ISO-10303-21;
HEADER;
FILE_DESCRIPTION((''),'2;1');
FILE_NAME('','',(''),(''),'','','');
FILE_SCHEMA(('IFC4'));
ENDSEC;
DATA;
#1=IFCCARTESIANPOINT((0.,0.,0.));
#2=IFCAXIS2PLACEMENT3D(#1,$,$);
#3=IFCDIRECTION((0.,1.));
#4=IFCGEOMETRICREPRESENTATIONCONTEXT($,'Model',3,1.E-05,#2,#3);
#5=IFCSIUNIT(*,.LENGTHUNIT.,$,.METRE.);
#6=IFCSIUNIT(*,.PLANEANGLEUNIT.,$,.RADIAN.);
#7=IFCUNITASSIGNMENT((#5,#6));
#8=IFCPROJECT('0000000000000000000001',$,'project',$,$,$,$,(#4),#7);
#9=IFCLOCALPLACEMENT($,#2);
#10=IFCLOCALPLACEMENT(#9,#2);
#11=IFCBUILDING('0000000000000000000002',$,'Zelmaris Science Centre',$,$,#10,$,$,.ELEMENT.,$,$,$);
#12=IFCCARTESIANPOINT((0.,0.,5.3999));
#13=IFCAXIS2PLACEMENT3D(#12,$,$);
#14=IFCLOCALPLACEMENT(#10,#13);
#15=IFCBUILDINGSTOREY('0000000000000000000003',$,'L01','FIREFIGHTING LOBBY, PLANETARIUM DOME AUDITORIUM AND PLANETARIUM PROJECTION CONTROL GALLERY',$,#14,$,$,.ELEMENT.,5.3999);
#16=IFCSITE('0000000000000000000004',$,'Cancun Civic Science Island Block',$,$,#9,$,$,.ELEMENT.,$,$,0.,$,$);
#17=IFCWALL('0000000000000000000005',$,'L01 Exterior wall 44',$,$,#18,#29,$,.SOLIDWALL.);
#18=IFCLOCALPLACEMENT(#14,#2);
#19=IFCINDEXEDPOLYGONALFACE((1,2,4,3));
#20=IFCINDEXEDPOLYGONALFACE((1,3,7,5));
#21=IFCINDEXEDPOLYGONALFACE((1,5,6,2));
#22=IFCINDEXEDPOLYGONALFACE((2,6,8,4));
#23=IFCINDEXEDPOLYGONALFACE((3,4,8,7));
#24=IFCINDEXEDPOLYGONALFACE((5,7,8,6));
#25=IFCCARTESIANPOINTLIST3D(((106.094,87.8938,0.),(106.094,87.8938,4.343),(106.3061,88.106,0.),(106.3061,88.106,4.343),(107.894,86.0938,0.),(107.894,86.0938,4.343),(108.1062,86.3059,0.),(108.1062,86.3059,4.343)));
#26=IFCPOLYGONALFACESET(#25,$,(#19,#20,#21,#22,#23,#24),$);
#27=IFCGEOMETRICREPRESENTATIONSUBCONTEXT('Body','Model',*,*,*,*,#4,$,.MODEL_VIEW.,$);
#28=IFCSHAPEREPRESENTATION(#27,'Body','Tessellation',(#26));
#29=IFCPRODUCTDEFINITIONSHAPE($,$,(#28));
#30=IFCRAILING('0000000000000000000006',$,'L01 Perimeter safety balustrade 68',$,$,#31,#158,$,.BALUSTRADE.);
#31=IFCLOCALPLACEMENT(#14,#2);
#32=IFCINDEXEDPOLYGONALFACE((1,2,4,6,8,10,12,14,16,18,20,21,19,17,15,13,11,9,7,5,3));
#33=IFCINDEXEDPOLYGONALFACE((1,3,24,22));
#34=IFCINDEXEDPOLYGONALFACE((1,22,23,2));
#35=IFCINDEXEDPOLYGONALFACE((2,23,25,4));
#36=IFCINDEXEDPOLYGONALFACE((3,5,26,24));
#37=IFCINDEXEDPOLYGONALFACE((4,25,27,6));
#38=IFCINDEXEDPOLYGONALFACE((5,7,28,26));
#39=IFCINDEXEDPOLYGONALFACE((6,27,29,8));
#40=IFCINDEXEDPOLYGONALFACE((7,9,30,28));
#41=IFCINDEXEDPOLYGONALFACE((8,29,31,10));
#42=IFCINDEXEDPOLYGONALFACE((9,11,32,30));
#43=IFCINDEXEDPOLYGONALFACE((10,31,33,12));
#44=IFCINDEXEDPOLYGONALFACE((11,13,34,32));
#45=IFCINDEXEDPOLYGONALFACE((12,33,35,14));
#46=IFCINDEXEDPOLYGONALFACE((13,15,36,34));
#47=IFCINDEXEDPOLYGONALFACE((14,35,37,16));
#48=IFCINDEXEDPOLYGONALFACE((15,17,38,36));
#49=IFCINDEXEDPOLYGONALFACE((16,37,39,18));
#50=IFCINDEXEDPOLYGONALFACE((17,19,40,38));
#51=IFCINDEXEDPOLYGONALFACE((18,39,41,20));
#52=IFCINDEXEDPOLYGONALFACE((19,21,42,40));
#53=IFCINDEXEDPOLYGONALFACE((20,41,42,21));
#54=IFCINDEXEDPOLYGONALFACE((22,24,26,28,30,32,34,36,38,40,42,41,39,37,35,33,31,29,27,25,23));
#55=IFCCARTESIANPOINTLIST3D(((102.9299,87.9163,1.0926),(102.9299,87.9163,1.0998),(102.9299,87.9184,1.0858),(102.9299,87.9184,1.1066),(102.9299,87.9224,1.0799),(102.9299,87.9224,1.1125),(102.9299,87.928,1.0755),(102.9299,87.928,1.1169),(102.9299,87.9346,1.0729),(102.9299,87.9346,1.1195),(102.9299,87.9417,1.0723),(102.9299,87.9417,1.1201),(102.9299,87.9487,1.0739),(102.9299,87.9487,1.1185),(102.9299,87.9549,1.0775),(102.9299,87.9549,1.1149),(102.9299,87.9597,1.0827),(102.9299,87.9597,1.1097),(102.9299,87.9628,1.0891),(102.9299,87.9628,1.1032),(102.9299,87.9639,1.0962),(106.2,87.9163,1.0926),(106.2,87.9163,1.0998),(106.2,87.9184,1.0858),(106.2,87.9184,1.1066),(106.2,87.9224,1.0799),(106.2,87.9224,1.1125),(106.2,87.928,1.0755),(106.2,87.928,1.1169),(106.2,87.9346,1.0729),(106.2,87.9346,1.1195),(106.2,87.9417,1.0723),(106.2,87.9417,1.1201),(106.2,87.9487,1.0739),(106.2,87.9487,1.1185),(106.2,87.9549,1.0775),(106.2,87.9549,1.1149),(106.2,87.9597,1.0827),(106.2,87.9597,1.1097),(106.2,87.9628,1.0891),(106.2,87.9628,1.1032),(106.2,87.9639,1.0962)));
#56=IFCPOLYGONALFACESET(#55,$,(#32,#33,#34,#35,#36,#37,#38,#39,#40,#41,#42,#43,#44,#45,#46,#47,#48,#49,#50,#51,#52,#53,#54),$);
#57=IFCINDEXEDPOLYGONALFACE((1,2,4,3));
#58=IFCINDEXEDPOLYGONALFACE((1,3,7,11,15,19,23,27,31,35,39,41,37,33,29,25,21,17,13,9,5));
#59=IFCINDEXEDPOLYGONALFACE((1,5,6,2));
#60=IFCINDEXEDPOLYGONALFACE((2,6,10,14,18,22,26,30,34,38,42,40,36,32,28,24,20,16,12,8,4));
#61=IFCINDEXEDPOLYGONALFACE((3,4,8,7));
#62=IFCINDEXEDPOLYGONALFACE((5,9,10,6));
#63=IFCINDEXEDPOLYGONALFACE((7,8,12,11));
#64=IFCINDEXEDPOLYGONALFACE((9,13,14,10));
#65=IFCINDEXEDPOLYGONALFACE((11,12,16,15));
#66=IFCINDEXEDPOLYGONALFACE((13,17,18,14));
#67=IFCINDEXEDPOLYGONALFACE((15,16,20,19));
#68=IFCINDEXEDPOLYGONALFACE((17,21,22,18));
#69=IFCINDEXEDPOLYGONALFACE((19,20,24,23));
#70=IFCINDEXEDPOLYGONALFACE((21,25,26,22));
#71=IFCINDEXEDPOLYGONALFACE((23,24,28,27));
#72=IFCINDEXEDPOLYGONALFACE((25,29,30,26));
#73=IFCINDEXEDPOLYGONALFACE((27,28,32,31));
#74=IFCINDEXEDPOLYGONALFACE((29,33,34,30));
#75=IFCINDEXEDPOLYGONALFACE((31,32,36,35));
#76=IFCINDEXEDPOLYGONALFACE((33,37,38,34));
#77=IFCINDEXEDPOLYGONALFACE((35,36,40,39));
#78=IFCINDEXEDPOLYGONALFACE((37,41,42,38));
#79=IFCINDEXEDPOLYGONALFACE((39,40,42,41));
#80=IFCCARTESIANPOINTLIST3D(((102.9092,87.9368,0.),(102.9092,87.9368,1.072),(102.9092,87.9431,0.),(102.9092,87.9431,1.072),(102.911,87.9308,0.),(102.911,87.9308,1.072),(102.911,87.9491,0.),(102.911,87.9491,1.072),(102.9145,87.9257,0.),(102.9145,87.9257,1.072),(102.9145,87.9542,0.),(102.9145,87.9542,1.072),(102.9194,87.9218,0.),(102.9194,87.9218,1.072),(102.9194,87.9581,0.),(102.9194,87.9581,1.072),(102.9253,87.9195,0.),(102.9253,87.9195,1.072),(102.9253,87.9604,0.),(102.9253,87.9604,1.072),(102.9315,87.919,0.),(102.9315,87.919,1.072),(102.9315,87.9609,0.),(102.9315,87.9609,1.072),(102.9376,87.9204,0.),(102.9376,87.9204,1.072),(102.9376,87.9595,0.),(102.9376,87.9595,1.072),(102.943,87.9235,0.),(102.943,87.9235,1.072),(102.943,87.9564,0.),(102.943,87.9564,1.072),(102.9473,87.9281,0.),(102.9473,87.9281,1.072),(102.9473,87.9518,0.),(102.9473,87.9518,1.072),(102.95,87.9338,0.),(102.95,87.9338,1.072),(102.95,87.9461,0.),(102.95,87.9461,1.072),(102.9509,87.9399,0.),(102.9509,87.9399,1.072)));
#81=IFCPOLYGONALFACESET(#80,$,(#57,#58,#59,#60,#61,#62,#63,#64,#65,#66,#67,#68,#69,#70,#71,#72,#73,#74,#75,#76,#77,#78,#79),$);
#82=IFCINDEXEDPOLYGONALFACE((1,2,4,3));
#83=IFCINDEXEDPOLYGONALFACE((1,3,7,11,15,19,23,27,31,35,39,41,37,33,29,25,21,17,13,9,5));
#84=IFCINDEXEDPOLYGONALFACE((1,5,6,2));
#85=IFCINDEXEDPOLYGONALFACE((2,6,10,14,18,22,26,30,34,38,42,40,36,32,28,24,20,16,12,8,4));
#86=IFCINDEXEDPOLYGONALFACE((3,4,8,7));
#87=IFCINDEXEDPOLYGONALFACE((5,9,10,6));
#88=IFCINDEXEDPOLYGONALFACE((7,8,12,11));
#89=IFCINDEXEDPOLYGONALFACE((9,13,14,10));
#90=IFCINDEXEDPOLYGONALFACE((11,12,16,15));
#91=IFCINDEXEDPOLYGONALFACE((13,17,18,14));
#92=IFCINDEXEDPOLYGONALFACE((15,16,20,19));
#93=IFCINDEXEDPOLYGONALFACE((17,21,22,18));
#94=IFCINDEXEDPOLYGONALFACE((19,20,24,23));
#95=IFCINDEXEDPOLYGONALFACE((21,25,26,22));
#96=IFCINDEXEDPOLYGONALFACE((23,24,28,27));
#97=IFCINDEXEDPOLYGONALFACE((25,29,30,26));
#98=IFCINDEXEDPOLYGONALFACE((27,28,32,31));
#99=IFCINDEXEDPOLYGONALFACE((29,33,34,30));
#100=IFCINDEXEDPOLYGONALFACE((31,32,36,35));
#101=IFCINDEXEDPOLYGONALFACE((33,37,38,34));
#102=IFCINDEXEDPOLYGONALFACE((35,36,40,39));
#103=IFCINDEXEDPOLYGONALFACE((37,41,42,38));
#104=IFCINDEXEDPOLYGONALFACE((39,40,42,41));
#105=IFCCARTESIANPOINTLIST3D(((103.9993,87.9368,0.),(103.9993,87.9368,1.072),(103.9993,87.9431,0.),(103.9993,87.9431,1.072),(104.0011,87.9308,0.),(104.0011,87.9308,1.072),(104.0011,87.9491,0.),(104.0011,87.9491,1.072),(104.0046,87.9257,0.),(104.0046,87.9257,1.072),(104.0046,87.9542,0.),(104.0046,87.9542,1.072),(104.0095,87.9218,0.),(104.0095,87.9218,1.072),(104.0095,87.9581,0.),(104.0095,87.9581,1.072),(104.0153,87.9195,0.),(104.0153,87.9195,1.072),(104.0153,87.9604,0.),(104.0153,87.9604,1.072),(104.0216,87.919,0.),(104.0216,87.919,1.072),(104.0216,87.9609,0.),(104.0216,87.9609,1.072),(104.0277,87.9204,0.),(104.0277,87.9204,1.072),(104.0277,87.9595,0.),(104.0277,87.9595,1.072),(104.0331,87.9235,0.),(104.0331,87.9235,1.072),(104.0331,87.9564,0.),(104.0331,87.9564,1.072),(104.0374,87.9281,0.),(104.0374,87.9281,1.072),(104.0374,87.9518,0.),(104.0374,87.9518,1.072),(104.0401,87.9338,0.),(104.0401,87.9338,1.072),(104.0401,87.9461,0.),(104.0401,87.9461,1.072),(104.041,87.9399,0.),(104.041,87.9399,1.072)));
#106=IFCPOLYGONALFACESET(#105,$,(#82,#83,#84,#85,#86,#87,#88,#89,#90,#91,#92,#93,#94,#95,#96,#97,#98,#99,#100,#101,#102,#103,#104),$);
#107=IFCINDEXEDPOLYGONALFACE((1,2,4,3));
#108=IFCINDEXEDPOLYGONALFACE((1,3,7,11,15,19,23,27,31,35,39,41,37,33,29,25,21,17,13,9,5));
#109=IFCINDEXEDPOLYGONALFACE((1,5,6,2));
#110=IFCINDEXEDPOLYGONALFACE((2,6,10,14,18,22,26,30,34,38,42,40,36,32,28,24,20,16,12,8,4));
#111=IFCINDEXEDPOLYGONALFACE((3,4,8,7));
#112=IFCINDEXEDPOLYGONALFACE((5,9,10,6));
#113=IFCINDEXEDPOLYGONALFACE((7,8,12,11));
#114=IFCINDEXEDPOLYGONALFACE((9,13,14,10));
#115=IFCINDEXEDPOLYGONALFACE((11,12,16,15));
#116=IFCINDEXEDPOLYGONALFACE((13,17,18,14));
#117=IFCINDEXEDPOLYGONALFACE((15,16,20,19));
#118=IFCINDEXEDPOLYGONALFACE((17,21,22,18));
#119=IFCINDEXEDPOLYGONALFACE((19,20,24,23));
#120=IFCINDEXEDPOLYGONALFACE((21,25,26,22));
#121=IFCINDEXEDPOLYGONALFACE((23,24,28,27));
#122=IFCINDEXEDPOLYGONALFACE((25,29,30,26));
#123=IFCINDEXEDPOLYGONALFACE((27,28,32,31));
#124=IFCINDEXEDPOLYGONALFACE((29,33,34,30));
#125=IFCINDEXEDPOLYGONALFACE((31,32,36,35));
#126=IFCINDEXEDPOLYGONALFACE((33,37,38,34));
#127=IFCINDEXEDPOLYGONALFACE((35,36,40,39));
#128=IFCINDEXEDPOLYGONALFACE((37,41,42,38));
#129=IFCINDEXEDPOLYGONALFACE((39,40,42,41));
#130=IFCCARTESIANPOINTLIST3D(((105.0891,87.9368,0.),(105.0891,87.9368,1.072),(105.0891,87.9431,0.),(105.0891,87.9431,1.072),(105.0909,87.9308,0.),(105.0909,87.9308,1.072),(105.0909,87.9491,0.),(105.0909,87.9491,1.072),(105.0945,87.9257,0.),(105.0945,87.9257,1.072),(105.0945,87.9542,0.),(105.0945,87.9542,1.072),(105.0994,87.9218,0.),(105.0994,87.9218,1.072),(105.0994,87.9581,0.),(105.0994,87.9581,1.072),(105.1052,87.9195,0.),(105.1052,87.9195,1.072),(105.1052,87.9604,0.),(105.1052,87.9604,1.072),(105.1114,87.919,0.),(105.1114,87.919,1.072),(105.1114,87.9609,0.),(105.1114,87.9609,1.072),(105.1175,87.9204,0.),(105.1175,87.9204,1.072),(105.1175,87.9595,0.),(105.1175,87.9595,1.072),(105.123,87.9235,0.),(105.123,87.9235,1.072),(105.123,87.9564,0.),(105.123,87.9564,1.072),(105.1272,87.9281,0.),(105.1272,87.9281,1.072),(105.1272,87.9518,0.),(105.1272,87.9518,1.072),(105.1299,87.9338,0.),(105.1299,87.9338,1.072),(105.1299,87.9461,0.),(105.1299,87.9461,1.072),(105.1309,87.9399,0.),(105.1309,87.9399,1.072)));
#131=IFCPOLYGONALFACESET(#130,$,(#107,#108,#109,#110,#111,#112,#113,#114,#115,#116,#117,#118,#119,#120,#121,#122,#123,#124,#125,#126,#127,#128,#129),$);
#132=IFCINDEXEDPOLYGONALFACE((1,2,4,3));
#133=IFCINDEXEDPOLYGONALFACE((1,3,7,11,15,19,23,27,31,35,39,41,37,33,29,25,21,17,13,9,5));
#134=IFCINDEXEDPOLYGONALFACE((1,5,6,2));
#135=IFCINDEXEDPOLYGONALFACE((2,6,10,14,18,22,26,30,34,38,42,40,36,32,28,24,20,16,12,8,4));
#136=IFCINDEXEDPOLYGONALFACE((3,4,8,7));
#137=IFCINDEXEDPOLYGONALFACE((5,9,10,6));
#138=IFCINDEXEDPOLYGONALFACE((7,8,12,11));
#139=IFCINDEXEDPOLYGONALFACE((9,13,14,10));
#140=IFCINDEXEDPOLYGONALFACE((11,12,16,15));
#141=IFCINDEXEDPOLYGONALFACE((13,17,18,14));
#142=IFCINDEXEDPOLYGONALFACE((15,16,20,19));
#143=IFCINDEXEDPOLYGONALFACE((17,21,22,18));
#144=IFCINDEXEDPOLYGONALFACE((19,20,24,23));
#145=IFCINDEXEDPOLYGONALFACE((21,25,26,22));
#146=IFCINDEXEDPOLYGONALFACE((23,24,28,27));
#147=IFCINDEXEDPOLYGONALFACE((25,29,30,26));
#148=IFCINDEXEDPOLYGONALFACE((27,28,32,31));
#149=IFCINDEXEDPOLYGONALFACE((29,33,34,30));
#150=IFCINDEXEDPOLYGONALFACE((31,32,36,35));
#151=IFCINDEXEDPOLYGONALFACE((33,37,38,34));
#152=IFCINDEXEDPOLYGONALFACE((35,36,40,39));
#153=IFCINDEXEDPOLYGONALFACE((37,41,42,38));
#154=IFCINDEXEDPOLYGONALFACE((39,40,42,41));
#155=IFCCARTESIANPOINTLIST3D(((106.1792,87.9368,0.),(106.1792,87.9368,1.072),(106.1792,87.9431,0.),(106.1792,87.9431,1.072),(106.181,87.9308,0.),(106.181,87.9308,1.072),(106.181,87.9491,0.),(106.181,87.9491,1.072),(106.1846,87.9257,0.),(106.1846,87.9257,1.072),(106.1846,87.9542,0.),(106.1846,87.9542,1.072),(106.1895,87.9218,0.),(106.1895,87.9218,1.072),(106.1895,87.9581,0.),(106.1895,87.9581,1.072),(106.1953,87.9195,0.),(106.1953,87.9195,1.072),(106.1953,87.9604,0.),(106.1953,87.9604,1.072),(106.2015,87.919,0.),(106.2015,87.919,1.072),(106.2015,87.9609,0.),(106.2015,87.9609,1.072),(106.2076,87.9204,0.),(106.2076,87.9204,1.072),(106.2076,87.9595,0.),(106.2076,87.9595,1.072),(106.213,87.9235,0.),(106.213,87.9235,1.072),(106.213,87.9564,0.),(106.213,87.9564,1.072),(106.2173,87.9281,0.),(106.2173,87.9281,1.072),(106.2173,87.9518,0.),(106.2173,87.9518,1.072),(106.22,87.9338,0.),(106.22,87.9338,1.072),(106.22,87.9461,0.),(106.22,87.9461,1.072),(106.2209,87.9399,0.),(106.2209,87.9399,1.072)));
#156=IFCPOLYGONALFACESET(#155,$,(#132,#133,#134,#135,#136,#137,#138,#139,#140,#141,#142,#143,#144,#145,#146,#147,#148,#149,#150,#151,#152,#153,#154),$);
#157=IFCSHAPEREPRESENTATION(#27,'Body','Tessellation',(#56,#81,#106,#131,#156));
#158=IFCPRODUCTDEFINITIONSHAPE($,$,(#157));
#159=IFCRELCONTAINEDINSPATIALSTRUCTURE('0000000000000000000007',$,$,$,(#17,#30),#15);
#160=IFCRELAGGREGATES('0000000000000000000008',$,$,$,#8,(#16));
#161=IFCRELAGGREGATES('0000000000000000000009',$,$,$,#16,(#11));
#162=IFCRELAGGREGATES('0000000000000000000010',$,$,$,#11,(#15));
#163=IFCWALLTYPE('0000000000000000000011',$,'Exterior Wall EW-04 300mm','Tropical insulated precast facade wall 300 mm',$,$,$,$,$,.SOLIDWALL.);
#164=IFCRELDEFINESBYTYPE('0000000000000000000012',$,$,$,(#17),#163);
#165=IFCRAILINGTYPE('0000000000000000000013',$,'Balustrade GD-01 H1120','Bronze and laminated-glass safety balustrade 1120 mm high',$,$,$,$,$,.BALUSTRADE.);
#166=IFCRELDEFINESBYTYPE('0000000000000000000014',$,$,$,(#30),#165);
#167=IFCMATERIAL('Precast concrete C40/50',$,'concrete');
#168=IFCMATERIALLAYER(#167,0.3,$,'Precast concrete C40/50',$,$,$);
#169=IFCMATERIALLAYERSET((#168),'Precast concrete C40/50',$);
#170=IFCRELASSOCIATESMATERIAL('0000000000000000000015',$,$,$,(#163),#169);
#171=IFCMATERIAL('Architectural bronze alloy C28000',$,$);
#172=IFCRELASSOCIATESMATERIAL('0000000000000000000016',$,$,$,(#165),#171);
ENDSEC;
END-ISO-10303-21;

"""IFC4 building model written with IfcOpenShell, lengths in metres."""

from ifc_helpers import new_model, si_unit, direction, frame, frame_2d, origin, origin_2d, place, context, subcontext, project, spatial, rectangle, circle, extrude, material, layer, layer_set, type_object, element, save


model = new_model("IFC4")

# Units and contexts
model_context = context("Model", 3, precision=1e-05, world=origin(), true_north=direction((0.0, 1.0)))
body_context = subcontext(model_context, "Body", "Model", "MODEL_VIEW")
ifc_project = project(units=[si_unit("LENGTHUNIT", "METRE"), si_unit("PLANEANGLEUNIT", "RADIAN")], contexts=[model_context])

# Site, building, storey
site_placement = place(None, origin())
site = spatial("IfcSite", under=ifc_project, at=site_placement, Name="Cancun Civic Science Island Block", CompositionType="ELEMENT", RefElevation=0.0)
building_placement = place(site_placement, origin())
building = spatial("IfcBuilding", under=site, at=building_placement, Name="Zelmaris Science Centre", CompositionType="ELEMENT")
storey_placement = place(building_placement, frame((0.0, 0.0, 5.3999)))
storey = spatial("IfcBuildingStorey", under=building, at=storey_placement, Name="L01", Description="FIREFIGHTING LOBBY, PLANETARIUM DOME AUDITORIUM AND PLANETARIUM PROJECTION CONTROL GALLERY", CompositionType="ELEMENT", Elevation=5.3999)

# Wall
ifc_material_1 = material(Name="Precast concrete C40/50", Category="concrete")
ifc_layer_1 = layer(ifc_material_1, 0.3, Name="Precast concrete C40/50")
ifc_layer_set_1 = layer_set([ifc_layer_1], Name="Precast concrete C40/50")
wall_type = type_object("IfcWallType", Name="Exterior Wall EW-04 300mm", Description="Tropical insulated precast facade wall 300 mm", PredefinedType="SOLIDWALL", material=ifc_layer_set_1)
wall_placement = place(storey_placement, frame((106.2, 88.0, 0.0), z_axis=(0.0, 0.0, 1.0), x_axis=(0.707107, -0.707107, 0.0)))
element("IfcWall", 1, at=wall_placement, inside=storey, type_object=wall_type, Name="L01 Exterior wall 44", PredefinedType="SOLIDWALL", context=body_context, shape_type="SweptSolid", body=[
    extrude(rectangle(XDim=2.5457, YDim=0.3, at=frame_2d((1.2729, 0.0))), origin(), (0.0, 0.0, 1.0), 4.343),
])

# Railing
ifc_material_2 = material(Name="Architectural bronze alloy C28000")
railing_type = type_object("IfcRailingType", Name="Balustrade GD-01 H1120", Description="Bronze and laminated-glass safety balustrade 1120 mm high", PredefinedType="BALUSTRADE", material=ifc_material_2)
railing_placement = place(storey_placement, frame((102.9299, 87.9399, 0.0)))
element("IfcRailing", 2, at=railing_placement, inside=storey, type_object=railing_type, Name="L01 Perimeter safety balustrade 68", PredefinedType="BALUSTRADE", context=body_context, shape_type="SweptSolid", body=[
    extrude(circle(Radius=0.0239, at=origin_2d()), frame((0.0, 0.0, 1.0962), z_axis=(1.0, 0.0, 0.0), x_axis=(0.0, 1.0, 0.0)), (0.0, 0.0, 1.0), 3.27),
    extrude(circle(Radius=0.021, at=origin_2d()), origin(), (0.0, 0.0, 1.0), 1.072),
    extrude(circle(Radius=0.021, at=origin_2d()), frame((1.0901, 0.0, 0.0)), (0.0, 0.0, 1.0), 1.072),
    extrude(circle(Radius=0.021, at=origin_2d()), frame((2.1799, 0.0, 0.0)), (0.0, 0.0, 1.0), 1.072),
    extrude(circle(Radius=0.021, at=origin_2d()), frame((3.27, 0.0, 0.0)), (0.0, 0.0, 1.0), 1.072),
])

save(model, "model.ifc")
